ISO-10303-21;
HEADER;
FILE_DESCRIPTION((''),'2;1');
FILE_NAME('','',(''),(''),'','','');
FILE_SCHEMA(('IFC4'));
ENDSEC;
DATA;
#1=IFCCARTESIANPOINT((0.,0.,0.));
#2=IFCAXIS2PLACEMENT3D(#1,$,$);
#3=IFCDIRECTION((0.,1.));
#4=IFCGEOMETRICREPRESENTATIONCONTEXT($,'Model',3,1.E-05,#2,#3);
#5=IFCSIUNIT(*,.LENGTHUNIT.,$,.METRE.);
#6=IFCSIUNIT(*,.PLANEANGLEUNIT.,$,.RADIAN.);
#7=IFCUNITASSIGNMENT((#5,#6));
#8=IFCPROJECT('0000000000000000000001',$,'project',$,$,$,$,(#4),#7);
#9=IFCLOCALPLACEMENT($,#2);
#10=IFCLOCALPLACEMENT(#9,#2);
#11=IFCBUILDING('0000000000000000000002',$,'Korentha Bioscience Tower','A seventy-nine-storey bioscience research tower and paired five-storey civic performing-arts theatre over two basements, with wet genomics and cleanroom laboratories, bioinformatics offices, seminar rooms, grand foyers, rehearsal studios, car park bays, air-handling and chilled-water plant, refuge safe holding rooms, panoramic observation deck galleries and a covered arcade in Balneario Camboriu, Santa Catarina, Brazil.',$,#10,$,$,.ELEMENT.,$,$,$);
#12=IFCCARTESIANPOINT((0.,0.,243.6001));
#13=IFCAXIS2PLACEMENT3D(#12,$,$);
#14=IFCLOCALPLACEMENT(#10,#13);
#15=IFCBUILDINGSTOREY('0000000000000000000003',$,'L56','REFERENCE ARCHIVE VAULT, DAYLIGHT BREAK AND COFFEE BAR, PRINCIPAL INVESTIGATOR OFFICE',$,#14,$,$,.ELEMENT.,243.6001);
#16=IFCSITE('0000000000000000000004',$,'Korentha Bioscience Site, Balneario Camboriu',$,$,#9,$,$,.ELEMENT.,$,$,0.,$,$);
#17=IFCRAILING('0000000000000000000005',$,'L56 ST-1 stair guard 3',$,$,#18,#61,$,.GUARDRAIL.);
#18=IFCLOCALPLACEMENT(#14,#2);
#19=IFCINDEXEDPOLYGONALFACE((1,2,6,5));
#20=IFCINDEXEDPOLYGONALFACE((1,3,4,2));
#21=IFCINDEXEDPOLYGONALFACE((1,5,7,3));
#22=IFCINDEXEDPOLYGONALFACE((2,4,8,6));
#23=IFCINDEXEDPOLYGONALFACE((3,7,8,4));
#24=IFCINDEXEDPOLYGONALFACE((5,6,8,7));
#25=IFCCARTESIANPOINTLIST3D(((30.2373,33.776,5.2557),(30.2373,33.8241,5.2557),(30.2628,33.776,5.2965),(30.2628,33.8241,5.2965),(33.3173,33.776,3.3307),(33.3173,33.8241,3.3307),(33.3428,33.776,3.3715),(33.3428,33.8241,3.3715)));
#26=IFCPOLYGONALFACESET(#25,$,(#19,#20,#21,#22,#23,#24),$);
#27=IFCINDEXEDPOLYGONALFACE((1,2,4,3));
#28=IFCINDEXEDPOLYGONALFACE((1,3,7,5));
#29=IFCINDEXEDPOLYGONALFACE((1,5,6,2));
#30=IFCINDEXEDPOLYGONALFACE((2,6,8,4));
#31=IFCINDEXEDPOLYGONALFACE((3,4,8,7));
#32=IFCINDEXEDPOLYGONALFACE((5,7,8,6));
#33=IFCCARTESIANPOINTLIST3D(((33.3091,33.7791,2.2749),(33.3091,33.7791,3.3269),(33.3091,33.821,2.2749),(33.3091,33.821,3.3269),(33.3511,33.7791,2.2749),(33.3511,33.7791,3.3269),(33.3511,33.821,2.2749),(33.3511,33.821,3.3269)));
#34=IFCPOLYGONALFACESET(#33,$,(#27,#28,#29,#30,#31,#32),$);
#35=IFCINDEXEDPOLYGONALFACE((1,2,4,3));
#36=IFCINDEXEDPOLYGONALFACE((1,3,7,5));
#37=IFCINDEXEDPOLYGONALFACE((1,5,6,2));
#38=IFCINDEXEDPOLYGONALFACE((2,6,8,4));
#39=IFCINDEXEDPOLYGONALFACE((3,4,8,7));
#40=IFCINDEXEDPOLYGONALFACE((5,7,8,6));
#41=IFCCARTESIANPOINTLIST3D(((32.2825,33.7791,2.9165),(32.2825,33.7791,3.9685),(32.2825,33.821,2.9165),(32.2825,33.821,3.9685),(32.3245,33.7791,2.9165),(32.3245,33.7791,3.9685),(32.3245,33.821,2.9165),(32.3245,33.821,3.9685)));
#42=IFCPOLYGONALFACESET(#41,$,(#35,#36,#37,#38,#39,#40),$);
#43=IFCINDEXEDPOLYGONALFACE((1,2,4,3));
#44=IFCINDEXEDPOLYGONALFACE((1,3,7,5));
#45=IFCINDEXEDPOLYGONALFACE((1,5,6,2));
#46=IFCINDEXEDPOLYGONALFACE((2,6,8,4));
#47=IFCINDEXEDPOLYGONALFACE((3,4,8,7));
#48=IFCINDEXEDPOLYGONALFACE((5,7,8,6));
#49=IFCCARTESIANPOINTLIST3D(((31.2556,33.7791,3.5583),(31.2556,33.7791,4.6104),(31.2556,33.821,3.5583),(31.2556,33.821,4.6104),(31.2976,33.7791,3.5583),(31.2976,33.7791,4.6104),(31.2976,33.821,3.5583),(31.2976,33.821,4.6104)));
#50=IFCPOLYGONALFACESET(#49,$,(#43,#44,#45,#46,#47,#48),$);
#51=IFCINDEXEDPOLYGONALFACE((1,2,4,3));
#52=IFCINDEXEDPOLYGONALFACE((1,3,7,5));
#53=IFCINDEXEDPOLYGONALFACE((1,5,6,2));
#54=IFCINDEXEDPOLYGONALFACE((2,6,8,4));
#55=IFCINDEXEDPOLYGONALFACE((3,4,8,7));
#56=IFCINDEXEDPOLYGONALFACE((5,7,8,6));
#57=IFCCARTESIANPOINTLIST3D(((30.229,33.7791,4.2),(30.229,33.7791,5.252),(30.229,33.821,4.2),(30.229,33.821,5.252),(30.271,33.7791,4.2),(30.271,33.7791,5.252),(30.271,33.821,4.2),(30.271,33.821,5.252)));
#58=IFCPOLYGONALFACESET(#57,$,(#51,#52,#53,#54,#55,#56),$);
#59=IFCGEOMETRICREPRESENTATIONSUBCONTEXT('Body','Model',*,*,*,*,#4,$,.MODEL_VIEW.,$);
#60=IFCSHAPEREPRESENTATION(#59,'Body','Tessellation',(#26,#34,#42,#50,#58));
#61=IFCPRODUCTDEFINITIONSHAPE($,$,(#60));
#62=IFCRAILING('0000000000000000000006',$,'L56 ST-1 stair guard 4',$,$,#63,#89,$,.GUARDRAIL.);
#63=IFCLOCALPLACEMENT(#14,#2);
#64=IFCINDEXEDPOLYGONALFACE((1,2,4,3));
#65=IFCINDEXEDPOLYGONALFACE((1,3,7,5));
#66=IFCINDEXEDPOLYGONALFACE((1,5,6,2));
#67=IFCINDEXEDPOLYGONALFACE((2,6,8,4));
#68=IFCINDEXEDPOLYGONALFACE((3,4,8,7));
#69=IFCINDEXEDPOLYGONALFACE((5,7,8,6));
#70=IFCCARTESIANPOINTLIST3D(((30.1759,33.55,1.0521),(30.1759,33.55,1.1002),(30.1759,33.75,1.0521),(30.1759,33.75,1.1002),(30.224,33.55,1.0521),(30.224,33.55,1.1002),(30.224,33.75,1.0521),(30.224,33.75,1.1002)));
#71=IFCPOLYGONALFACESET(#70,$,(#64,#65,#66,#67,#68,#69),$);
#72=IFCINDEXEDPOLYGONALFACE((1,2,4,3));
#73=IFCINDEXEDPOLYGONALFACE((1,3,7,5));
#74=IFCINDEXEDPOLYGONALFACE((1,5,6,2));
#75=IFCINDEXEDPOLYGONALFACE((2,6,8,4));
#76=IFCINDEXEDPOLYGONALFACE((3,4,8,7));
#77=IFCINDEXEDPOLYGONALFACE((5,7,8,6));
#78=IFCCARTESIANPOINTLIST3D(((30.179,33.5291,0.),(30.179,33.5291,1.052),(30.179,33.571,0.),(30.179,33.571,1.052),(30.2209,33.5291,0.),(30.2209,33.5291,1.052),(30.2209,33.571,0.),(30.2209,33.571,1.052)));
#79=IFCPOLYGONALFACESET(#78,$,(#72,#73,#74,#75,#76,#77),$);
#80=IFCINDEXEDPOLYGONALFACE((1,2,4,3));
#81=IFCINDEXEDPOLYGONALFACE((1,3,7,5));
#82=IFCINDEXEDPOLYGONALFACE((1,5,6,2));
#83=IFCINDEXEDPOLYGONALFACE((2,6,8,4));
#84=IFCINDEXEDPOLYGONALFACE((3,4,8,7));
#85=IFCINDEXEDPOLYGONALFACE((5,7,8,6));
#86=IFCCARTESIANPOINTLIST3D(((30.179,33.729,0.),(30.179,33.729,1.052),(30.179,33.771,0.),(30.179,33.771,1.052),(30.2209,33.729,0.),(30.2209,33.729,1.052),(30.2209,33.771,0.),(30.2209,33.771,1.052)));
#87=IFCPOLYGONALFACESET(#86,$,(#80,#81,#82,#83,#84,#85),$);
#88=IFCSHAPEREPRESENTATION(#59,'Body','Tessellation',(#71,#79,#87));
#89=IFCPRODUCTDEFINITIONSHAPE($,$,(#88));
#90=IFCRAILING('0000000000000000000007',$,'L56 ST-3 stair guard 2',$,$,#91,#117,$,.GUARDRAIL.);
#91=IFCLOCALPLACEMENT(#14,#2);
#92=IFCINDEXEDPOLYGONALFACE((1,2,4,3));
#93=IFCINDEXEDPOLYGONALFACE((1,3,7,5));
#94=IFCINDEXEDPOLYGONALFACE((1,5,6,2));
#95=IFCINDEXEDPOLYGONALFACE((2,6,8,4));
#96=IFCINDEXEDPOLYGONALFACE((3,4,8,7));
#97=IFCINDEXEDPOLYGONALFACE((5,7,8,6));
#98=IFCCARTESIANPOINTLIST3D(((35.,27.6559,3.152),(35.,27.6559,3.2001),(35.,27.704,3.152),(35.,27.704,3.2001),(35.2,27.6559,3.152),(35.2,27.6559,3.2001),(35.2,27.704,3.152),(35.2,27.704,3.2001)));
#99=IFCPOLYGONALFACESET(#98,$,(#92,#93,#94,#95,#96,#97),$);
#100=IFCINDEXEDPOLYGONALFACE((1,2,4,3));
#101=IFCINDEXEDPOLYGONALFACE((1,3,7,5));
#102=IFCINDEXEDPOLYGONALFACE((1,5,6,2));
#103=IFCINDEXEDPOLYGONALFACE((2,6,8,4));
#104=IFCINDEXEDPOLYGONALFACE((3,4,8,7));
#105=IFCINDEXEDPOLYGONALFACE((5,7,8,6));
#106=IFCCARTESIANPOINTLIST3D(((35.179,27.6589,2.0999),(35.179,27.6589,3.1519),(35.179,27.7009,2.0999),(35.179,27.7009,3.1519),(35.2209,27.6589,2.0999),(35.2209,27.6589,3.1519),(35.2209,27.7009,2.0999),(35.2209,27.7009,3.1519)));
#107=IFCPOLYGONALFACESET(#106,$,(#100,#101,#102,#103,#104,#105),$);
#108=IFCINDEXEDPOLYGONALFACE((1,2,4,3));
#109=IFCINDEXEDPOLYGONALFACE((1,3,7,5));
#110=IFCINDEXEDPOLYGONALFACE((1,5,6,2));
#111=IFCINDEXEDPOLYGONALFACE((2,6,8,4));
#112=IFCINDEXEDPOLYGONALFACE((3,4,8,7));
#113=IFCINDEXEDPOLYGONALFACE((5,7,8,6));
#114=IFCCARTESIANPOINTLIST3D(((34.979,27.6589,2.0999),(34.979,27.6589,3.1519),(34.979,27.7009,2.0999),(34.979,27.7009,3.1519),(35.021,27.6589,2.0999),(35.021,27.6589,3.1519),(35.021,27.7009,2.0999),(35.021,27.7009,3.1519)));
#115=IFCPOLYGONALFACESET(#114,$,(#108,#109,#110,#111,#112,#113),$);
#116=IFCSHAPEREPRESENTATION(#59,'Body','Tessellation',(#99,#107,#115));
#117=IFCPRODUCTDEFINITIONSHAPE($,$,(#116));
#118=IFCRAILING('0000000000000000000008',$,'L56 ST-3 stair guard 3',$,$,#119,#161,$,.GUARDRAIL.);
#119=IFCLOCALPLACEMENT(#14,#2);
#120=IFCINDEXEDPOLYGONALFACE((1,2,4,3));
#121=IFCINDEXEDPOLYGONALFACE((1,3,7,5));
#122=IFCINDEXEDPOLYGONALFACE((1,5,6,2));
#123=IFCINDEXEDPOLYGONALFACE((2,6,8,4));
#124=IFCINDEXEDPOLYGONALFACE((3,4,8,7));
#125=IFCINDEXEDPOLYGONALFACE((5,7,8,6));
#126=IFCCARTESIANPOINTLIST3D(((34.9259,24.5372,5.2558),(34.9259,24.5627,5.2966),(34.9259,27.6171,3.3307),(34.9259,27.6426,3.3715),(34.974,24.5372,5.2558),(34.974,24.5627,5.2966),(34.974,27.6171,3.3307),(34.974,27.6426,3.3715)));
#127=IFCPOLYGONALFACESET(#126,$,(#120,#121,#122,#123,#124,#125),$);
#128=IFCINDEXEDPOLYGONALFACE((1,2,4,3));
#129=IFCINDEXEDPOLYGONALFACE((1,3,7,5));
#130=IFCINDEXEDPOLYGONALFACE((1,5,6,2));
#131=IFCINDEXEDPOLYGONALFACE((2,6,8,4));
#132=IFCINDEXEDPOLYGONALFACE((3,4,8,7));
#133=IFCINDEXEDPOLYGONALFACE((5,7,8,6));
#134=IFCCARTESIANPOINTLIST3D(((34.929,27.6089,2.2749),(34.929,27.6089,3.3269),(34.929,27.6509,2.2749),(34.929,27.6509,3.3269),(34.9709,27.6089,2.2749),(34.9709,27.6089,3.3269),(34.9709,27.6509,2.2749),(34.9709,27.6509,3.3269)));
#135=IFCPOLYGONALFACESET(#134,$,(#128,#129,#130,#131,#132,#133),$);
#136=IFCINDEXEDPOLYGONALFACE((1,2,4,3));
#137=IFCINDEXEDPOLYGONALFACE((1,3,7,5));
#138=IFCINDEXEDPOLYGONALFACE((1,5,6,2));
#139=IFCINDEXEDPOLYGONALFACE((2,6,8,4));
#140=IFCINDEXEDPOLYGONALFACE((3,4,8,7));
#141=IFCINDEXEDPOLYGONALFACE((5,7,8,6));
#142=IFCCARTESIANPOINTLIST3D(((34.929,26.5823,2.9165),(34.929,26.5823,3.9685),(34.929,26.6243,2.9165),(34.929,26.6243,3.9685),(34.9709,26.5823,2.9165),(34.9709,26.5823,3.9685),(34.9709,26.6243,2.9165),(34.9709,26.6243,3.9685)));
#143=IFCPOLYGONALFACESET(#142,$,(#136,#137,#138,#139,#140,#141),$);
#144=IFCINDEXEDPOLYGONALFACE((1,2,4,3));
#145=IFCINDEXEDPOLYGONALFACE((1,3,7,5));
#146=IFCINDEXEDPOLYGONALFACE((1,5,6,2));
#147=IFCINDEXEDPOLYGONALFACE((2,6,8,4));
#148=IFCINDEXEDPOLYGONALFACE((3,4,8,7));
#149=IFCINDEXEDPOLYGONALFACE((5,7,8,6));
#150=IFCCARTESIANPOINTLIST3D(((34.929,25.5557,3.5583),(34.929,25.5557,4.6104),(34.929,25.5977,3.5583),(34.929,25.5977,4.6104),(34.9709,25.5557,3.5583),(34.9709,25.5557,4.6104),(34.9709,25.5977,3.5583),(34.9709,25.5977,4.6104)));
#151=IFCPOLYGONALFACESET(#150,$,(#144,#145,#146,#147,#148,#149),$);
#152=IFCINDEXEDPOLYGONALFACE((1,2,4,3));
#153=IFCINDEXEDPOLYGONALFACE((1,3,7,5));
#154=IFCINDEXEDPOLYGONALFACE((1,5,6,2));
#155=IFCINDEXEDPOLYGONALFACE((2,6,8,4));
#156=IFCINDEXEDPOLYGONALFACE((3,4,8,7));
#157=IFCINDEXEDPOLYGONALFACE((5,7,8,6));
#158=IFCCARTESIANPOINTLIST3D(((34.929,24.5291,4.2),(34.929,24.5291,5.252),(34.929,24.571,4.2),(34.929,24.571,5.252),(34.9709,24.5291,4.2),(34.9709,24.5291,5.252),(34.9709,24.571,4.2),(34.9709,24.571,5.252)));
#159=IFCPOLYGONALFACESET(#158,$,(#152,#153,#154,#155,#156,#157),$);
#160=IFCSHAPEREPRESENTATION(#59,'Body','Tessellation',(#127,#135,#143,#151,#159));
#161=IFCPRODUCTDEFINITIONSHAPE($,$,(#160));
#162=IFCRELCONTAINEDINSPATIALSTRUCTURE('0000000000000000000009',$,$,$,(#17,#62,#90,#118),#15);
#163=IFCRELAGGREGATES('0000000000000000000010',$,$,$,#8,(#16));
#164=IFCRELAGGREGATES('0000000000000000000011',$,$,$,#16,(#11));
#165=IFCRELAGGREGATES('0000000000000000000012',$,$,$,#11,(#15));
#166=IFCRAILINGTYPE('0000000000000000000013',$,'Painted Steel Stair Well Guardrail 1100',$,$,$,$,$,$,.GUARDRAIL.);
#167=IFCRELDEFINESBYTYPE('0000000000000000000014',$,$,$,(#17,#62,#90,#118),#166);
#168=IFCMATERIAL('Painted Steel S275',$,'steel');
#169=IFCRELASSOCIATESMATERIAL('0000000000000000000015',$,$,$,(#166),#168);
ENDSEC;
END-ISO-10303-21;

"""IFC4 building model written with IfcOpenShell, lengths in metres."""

from ifc_helpers import new_model, si_unit, direction, frame, origin, origin_2d, place, context, subcontext, project, spatial, rectangle, extrude, material, type_object, element, save


model = new_model("IFC4")

# Units and contexts
model_context = context("Model", 3, precision=1e-05, world=origin(), true_north=direction((0.0, 1.0)))
body_context = subcontext(model_context, "Body", "Model", "MODEL_VIEW")
ifc_project = project(units=[si_unit("LENGTHUNIT", "METRE"), si_unit("PLANEANGLEUNIT", "RADIAN")], contexts=[model_context])

# Site, building, storey
site_placement = place(None, origin())
site = spatial("IfcSite", under=ifc_project, at=site_placement, Name="Korentha Bioscience Site, Balneario Camboriu", CompositionType="ELEMENT", RefElevation=0.0)
building_placement = place(site_placement, origin())
building = spatial("IfcBuilding", under=site, at=building_placement, Name="Korentha Bioscience Tower", Description="A seventy-nine-storey bioscience research tower and paired five-storey civic performing-arts theatre over two basements, with wet genomics and cleanroom laboratories, bioinformatics offices, seminar rooms, grand foyers, rehearsal studios, car park bays, air-handling and chilled-water plant, refuge safe holding rooms, panoramic observation deck galleries and a covered arcade in Balneario Camboriu, Santa Catarina, Brazil.", CompositionType="ELEMENT")
storey_placement = place(building_placement, frame((0.0, 0.0, 243.6001)))
storey = spatial("IfcBuildingStorey", under=building, at=storey_placement, Name="L56", Description="REFERENCE ARCHIVE VAULT, DAYLIGHT BREAK AND COFFEE BAR, PRINCIPAL INVESTIGATOR OFFICE", CompositionType="ELEMENT", Elevation=243.6001)

# Railings
ifc_material_1 = material(Name="Painted Steel S275", Category="steel")
railing_type_1 = type_object("IfcRailingType", Name="Painted Steel Stair Well Guardrail 1100", PredefinedType="GUARDRAIL", material=ifc_material_1)
railing_1_placement = place(storey_placement, frame((33.3301, 33.8, 2.2749)))
element("IfcRailing", 1, at=railing_1_placement, inside=storey, type_object=railing_type_1, Name="L56 ST-1 stair guard 3", PredefinedType="GUARDRAIL", context=body_context, shape_type="SweptSolid", body=[
    extrude(rectangle(XDim=0.0481, YDim=0.0481, at=origin_2d()), frame((0.0, 0.0, 1.0762), z_axis=(-0.847998, 0.0, 0.529999), x_axis=(0.0, -1.0, 0.0)), (0.0, 0.0, 1.0), 3.6321),
    extrude(rectangle(XDim=0.042, YDim=0.042, at=origin_2d()), origin(), (0.0, 0.0, 1.0), 1.052),
    extrude(rectangle(XDim=0.042, YDim=0.042, at=origin_2d()), frame((-1.0266, 0.0, 0.6416)), (0.0, 0.0, 1.0), 1.052),
    extrude(rectangle(XDim=0.042, YDim=0.042, at=origin_2d()), frame((-2.0535, 0.0, 1.2834)), (0.0, 0.0, 1.0), 1.052),
    extrude(rectangle(XDim=0.042, YDim=0.042, at=origin_2d()), frame((-3.0801, 0.0, 1.925)), (0.0, 0.0, 1.0), 1.052),
])
railing_2_placement = place(storey_placement, frame((30.2, 33.55, 0.0)))
element("IfcRailing", 2, at=railing_2_placement, inside=storey, type_object=railing_type_1, Name="L56 ST-1 stair guard 4", PredefinedType="GUARDRAIL", context=body_context, shape_type="SweptSolid", body=[
    extrude(rectangle(XDim=0.0481, YDim=0.0481, at=origin_2d()), frame((0.0, 0.0, 1.0762), z_axis=(0.0, 1.0, 0.0), x_axis=(-1.0, 0.0, 0.0)), (0.0, 0.0, 1.0), 0.2),
    extrude(rectangle(XDim=0.042, YDim=0.042, at=origin_2d()), origin(), (0.0, 0.0, 1.0), 1.052),
    extrude(rectangle(XDim=0.042, YDim=0.042, at=origin_2d()), frame((0.0, 0.2, 0.0)), (0.0, 0.0, 1.0), 1.052),
])
railing_3_placement = place(storey_placement, frame((35.2, 27.6799, 2.0999)))
element("IfcRailing", 3, at=railing_3_placement, inside=storey, type_object=railing_type_1, Name="L56 ST-3 stair guard 2", PredefinedType="GUARDRAIL", context=body_context, shape_type="SweptSolid", body=[
    extrude(rectangle(XDim=0.0481, YDim=0.0481, at=origin_2d()), frame((0.0, 0.0, 1.0762), z_axis=(-1.0, 0.0, 0.0), x_axis=(0.0, -1.0, 0.0)), (0.0, 0.0, 1.0), 0.2),
    extrude(rectangle(XDim=0.042, YDim=0.042, at=origin_2d()), origin(), (0.0, 0.0, 1.0), 1.052),
    extrude(rectangle(XDim=0.042, YDim=0.042, at=origin_2d()), frame((-0.2, 0.0, 0.0)), (0.0, 0.0, 1.0), 1.052),
])
railing_4_placement = place(storey_placement, frame((34.95, 27.6299, 2.2749)))
element("IfcRailing", 4, at=railing_4_placement, inside=storey, type_object=railing_type_1, Name="L56 ST-3 stair guard 3", PredefinedType="GUARDRAIL", context=body_context, shape_type="SweptSolid", body=[
    extrude(rectangle(XDim=0.0481, YDim=0.0481, at=origin_2d()), frame((0.0, 0.0, 1.0762), z_axis=(0.0, -0.847979, 0.530029), x_axis=(1.0, 0.0, 0.0)), (0.0, 0.0, 1.0), 3.6321),
    extrude(rectangle(XDim=0.042, YDim=0.042, at=origin_2d()), origin(), (0.0, 0.0, 1.0), 1.052),
    extrude(rectangle(XDim=0.042, YDim=0.042, at=origin_2d()), frame((0.0, -1.0266, 0.6416)), (0.0, 0.0, 1.0), 1.052),
    extrude(rectangle(XDim=0.042, YDim=0.042, at=origin_2d()), frame((0.0, -2.0532, 1.2834)), (0.0, 0.0, 1.0), 1.052),
    extrude(rectangle(XDim=0.042, YDim=0.042, at=origin_2d()), frame((0.0, -3.0798, 1.925)), (0.0, 0.0, 1.0), 1.052),
])

save(model, "model.ifc")
